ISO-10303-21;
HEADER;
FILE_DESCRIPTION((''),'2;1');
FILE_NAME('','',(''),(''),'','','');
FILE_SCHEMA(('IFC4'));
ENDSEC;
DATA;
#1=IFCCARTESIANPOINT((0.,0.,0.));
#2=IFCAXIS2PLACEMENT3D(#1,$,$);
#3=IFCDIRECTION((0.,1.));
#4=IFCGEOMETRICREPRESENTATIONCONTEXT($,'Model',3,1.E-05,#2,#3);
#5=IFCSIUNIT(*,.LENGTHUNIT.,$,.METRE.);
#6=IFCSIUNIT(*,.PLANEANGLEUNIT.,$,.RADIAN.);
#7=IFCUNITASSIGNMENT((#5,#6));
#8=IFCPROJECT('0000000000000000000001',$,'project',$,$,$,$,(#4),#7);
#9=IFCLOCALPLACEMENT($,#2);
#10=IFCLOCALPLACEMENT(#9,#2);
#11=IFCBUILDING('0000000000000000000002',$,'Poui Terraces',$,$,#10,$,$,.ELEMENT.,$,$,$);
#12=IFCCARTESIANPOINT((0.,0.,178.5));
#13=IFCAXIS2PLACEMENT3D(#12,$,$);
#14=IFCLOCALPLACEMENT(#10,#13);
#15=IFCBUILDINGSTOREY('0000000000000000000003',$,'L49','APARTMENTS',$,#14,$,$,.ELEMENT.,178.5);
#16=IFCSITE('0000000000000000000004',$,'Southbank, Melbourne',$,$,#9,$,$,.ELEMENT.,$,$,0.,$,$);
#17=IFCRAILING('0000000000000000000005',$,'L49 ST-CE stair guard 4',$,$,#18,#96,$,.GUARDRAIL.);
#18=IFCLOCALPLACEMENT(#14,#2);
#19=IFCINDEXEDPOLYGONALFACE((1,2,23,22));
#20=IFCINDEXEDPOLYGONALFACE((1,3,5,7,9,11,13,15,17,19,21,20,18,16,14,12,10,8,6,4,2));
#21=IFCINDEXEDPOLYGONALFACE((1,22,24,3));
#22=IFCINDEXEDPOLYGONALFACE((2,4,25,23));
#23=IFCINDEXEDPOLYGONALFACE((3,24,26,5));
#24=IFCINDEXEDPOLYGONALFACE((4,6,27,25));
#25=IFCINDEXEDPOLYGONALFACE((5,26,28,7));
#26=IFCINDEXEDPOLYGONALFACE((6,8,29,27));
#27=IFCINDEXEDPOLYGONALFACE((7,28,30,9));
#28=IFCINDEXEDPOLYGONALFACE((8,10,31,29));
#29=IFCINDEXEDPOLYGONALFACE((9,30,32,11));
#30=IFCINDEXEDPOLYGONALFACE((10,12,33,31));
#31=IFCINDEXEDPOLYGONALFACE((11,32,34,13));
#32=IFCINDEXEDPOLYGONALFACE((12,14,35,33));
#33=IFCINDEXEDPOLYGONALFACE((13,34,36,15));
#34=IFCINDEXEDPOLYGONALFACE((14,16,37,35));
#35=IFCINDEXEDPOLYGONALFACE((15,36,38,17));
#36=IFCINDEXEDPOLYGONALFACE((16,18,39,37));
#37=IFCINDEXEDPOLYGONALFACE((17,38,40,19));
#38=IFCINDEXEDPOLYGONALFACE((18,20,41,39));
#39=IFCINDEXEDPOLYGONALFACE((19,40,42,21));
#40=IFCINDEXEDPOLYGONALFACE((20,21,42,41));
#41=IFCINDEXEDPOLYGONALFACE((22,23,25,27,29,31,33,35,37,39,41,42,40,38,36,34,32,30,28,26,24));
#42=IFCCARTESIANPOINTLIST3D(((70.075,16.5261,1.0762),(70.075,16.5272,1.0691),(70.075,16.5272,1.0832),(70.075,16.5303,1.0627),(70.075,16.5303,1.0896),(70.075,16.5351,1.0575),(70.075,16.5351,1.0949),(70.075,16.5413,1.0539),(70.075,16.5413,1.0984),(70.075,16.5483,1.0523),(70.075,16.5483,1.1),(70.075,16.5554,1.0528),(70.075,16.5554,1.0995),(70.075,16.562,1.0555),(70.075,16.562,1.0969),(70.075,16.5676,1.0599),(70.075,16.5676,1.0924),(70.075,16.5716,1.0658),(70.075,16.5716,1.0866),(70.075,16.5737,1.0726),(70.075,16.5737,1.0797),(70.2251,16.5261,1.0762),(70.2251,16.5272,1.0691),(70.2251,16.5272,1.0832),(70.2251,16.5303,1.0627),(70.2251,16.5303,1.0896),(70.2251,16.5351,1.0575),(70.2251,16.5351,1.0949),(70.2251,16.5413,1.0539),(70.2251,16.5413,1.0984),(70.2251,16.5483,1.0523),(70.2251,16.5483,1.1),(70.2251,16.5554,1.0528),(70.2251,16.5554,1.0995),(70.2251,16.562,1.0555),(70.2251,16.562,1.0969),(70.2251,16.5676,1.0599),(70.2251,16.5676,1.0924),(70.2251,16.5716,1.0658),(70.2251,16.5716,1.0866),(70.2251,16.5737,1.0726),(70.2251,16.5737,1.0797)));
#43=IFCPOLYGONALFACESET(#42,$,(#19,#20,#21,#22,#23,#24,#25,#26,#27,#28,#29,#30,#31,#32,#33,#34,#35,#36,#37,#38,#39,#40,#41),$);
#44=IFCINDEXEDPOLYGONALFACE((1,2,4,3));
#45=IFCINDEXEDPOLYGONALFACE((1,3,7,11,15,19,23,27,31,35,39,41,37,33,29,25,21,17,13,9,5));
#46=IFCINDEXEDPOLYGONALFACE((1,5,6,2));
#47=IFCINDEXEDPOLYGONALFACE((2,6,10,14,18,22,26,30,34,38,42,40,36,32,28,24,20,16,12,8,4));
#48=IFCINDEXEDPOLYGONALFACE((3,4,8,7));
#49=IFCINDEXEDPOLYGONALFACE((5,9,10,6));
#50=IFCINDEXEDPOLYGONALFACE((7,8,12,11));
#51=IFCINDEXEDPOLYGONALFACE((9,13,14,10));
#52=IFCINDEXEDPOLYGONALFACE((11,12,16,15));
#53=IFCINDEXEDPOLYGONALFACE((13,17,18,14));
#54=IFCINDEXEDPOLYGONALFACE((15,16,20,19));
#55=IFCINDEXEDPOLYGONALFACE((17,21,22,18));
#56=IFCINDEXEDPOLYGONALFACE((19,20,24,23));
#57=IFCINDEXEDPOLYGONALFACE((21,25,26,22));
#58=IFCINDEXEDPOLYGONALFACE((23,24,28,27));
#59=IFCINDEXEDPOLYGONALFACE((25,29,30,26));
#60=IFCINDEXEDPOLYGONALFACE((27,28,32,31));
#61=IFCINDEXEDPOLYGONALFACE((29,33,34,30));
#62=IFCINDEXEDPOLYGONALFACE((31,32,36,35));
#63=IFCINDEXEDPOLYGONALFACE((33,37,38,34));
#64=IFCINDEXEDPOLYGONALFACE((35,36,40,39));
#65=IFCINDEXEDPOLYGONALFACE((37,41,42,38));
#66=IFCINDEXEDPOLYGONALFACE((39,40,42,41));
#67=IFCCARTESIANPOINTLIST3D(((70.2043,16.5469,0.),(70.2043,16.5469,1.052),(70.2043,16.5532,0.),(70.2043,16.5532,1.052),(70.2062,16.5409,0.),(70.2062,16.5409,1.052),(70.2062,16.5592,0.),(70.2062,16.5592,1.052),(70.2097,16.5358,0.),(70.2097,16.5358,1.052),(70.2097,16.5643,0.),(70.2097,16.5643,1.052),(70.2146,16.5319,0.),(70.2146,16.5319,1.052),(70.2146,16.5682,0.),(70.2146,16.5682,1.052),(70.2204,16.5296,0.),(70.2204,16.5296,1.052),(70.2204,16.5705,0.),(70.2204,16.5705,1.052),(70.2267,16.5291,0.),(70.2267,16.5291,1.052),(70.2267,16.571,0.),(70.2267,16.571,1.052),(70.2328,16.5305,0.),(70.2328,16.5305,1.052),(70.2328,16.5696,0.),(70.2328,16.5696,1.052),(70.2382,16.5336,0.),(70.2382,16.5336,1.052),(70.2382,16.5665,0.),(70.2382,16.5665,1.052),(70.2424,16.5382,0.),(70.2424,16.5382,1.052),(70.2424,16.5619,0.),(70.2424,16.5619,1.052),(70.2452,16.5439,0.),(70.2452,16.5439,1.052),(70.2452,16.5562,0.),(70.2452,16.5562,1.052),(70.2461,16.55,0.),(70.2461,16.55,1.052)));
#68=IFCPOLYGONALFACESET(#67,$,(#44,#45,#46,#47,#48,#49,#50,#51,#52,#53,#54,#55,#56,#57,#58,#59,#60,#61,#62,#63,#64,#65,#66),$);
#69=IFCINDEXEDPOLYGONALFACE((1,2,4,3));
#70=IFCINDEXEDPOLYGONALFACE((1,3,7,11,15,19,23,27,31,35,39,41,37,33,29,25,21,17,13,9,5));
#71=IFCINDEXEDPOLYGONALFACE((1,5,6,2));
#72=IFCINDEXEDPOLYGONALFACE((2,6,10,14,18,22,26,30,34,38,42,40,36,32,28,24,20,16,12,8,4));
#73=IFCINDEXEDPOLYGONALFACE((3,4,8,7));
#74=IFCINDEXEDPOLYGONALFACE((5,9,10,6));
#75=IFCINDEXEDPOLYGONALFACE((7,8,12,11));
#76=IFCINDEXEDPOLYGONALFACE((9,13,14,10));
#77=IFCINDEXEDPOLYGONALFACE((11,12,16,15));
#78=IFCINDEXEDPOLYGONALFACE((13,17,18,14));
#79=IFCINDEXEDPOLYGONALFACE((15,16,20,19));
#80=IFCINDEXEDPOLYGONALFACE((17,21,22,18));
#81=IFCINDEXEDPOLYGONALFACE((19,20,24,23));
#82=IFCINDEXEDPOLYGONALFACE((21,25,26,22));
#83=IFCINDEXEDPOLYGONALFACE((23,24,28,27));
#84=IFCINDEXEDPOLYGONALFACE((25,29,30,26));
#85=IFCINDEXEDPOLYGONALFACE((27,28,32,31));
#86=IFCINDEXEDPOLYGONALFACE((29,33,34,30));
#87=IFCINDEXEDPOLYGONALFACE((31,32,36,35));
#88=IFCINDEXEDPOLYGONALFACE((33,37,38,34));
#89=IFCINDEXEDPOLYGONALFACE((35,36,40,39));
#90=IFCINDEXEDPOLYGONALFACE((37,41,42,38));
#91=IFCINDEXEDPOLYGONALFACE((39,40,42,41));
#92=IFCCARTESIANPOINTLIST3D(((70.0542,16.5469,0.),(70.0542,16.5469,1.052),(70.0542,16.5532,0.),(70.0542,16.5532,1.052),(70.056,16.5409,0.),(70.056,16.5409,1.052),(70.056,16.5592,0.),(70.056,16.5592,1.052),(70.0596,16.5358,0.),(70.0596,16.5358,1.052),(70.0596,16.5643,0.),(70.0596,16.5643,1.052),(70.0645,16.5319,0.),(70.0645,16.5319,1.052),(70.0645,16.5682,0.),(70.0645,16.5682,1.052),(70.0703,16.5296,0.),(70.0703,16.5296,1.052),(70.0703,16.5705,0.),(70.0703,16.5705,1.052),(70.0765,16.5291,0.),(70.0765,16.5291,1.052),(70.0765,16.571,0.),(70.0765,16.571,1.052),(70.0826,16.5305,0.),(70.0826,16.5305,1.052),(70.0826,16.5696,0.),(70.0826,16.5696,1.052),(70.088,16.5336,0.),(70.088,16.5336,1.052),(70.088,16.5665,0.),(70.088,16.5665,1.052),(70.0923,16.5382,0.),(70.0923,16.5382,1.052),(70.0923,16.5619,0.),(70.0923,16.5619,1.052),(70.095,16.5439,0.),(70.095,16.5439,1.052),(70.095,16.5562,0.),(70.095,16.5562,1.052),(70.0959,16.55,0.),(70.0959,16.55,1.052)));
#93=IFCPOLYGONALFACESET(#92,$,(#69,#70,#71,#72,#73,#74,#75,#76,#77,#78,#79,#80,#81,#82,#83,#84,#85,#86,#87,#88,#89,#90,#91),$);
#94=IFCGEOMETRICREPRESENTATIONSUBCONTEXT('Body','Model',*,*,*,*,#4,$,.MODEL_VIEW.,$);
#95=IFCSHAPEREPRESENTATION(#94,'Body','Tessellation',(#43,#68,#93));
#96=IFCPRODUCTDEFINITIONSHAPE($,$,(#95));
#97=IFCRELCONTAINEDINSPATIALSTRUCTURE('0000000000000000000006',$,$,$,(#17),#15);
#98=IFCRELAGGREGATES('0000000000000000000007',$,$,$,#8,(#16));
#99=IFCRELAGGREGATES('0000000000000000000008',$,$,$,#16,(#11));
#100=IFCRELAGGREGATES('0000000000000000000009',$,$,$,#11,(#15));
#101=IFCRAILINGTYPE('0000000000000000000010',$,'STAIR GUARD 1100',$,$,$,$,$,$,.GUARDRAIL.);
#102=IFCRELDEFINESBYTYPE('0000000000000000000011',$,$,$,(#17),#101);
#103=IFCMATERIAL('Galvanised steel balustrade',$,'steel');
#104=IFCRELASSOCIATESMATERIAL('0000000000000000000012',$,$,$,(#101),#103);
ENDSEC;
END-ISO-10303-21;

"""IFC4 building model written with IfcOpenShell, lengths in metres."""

from ifc_helpers import new_model, si_unit, direction, frame, origin, origin_2d, place, context, subcontext, project, spatial, circle, extrude, material, type_object, element, save


model = new_model("IFC4")

# Units and contexts
model_context = context("Model", 3, precision=1e-05, world=origin(), true_north=direction((0.0, 1.0)))
body_context = subcontext(model_context, "Body", "Model", "MODEL_VIEW")
ifc_project = project(units=[si_unit("LENGTHUNIT", "METRE"), si_unit("PLANEANGLEUNIT", "RADIAN")], contexts=[model_context])

# Site, building, storey
site_placement = place(None, origin())
site = spatial("IfcSite", under=ifc_project, at=site_placement, Name="Southbank, Melbourne", CompositionType="ELEMENT", RefElevation=0.0)
building_placement = place(site_placement, origin())
building = spatial("IfcBuilding", under=site, at=building_placement, Name="Poui Terraces", CompositionType="ELEMENT")
storey_placement = place(building_placement, frame((0.0, 0.0, 178.5)))
storey = spatial("IfcBuildingStorey", under=building, at=storey_placement, Name="L49", Description="APARTMENTS", CompositionType="ELEMENT", Elevation=178.5)

# Railing
ifc_material_1 = material(Name="Galvanised steel balustrade", Category="steel")
railing_type_1 = type_object("IfcRailingType", Name="STAIR GUARD 1100", PredefinedType="GUARDRAIL", material=ifc_material_1)
railing_1_placement = place(storey_placement, frame((70.2251, 16.55, 0.0)))
element("IfcRailing", 1, at=railing_1_placement, inside=storey, type_object=railing_type_1, Name="L49 ST-CE stair guard 4", PredefinedType="GUARDRAIL", context=body_context, shape_type="SweptSolid", body=[
    extrude(circle(Radius=0.0239, at=origin_2d()), frame((0.0, 0.0, 1.0762), z_axis=(-1.0, 0.0, 0.0), x_axis=(0.0, -1.0, 0.0)), (0.0, 0.0, 1.0), 0.1501),
    extrude(circle(Radius=0.021, at=origin_2d()), origin(), (0.0, 0.0, 1.0), 1.052),
    extrude(circle(Radius=0.021, at=origin_2d()), frame((-0.1501, 0.0, 0.0)), (0.0, 0.0, 1.0), 1.052),
])

save(model, "model.ifc")
